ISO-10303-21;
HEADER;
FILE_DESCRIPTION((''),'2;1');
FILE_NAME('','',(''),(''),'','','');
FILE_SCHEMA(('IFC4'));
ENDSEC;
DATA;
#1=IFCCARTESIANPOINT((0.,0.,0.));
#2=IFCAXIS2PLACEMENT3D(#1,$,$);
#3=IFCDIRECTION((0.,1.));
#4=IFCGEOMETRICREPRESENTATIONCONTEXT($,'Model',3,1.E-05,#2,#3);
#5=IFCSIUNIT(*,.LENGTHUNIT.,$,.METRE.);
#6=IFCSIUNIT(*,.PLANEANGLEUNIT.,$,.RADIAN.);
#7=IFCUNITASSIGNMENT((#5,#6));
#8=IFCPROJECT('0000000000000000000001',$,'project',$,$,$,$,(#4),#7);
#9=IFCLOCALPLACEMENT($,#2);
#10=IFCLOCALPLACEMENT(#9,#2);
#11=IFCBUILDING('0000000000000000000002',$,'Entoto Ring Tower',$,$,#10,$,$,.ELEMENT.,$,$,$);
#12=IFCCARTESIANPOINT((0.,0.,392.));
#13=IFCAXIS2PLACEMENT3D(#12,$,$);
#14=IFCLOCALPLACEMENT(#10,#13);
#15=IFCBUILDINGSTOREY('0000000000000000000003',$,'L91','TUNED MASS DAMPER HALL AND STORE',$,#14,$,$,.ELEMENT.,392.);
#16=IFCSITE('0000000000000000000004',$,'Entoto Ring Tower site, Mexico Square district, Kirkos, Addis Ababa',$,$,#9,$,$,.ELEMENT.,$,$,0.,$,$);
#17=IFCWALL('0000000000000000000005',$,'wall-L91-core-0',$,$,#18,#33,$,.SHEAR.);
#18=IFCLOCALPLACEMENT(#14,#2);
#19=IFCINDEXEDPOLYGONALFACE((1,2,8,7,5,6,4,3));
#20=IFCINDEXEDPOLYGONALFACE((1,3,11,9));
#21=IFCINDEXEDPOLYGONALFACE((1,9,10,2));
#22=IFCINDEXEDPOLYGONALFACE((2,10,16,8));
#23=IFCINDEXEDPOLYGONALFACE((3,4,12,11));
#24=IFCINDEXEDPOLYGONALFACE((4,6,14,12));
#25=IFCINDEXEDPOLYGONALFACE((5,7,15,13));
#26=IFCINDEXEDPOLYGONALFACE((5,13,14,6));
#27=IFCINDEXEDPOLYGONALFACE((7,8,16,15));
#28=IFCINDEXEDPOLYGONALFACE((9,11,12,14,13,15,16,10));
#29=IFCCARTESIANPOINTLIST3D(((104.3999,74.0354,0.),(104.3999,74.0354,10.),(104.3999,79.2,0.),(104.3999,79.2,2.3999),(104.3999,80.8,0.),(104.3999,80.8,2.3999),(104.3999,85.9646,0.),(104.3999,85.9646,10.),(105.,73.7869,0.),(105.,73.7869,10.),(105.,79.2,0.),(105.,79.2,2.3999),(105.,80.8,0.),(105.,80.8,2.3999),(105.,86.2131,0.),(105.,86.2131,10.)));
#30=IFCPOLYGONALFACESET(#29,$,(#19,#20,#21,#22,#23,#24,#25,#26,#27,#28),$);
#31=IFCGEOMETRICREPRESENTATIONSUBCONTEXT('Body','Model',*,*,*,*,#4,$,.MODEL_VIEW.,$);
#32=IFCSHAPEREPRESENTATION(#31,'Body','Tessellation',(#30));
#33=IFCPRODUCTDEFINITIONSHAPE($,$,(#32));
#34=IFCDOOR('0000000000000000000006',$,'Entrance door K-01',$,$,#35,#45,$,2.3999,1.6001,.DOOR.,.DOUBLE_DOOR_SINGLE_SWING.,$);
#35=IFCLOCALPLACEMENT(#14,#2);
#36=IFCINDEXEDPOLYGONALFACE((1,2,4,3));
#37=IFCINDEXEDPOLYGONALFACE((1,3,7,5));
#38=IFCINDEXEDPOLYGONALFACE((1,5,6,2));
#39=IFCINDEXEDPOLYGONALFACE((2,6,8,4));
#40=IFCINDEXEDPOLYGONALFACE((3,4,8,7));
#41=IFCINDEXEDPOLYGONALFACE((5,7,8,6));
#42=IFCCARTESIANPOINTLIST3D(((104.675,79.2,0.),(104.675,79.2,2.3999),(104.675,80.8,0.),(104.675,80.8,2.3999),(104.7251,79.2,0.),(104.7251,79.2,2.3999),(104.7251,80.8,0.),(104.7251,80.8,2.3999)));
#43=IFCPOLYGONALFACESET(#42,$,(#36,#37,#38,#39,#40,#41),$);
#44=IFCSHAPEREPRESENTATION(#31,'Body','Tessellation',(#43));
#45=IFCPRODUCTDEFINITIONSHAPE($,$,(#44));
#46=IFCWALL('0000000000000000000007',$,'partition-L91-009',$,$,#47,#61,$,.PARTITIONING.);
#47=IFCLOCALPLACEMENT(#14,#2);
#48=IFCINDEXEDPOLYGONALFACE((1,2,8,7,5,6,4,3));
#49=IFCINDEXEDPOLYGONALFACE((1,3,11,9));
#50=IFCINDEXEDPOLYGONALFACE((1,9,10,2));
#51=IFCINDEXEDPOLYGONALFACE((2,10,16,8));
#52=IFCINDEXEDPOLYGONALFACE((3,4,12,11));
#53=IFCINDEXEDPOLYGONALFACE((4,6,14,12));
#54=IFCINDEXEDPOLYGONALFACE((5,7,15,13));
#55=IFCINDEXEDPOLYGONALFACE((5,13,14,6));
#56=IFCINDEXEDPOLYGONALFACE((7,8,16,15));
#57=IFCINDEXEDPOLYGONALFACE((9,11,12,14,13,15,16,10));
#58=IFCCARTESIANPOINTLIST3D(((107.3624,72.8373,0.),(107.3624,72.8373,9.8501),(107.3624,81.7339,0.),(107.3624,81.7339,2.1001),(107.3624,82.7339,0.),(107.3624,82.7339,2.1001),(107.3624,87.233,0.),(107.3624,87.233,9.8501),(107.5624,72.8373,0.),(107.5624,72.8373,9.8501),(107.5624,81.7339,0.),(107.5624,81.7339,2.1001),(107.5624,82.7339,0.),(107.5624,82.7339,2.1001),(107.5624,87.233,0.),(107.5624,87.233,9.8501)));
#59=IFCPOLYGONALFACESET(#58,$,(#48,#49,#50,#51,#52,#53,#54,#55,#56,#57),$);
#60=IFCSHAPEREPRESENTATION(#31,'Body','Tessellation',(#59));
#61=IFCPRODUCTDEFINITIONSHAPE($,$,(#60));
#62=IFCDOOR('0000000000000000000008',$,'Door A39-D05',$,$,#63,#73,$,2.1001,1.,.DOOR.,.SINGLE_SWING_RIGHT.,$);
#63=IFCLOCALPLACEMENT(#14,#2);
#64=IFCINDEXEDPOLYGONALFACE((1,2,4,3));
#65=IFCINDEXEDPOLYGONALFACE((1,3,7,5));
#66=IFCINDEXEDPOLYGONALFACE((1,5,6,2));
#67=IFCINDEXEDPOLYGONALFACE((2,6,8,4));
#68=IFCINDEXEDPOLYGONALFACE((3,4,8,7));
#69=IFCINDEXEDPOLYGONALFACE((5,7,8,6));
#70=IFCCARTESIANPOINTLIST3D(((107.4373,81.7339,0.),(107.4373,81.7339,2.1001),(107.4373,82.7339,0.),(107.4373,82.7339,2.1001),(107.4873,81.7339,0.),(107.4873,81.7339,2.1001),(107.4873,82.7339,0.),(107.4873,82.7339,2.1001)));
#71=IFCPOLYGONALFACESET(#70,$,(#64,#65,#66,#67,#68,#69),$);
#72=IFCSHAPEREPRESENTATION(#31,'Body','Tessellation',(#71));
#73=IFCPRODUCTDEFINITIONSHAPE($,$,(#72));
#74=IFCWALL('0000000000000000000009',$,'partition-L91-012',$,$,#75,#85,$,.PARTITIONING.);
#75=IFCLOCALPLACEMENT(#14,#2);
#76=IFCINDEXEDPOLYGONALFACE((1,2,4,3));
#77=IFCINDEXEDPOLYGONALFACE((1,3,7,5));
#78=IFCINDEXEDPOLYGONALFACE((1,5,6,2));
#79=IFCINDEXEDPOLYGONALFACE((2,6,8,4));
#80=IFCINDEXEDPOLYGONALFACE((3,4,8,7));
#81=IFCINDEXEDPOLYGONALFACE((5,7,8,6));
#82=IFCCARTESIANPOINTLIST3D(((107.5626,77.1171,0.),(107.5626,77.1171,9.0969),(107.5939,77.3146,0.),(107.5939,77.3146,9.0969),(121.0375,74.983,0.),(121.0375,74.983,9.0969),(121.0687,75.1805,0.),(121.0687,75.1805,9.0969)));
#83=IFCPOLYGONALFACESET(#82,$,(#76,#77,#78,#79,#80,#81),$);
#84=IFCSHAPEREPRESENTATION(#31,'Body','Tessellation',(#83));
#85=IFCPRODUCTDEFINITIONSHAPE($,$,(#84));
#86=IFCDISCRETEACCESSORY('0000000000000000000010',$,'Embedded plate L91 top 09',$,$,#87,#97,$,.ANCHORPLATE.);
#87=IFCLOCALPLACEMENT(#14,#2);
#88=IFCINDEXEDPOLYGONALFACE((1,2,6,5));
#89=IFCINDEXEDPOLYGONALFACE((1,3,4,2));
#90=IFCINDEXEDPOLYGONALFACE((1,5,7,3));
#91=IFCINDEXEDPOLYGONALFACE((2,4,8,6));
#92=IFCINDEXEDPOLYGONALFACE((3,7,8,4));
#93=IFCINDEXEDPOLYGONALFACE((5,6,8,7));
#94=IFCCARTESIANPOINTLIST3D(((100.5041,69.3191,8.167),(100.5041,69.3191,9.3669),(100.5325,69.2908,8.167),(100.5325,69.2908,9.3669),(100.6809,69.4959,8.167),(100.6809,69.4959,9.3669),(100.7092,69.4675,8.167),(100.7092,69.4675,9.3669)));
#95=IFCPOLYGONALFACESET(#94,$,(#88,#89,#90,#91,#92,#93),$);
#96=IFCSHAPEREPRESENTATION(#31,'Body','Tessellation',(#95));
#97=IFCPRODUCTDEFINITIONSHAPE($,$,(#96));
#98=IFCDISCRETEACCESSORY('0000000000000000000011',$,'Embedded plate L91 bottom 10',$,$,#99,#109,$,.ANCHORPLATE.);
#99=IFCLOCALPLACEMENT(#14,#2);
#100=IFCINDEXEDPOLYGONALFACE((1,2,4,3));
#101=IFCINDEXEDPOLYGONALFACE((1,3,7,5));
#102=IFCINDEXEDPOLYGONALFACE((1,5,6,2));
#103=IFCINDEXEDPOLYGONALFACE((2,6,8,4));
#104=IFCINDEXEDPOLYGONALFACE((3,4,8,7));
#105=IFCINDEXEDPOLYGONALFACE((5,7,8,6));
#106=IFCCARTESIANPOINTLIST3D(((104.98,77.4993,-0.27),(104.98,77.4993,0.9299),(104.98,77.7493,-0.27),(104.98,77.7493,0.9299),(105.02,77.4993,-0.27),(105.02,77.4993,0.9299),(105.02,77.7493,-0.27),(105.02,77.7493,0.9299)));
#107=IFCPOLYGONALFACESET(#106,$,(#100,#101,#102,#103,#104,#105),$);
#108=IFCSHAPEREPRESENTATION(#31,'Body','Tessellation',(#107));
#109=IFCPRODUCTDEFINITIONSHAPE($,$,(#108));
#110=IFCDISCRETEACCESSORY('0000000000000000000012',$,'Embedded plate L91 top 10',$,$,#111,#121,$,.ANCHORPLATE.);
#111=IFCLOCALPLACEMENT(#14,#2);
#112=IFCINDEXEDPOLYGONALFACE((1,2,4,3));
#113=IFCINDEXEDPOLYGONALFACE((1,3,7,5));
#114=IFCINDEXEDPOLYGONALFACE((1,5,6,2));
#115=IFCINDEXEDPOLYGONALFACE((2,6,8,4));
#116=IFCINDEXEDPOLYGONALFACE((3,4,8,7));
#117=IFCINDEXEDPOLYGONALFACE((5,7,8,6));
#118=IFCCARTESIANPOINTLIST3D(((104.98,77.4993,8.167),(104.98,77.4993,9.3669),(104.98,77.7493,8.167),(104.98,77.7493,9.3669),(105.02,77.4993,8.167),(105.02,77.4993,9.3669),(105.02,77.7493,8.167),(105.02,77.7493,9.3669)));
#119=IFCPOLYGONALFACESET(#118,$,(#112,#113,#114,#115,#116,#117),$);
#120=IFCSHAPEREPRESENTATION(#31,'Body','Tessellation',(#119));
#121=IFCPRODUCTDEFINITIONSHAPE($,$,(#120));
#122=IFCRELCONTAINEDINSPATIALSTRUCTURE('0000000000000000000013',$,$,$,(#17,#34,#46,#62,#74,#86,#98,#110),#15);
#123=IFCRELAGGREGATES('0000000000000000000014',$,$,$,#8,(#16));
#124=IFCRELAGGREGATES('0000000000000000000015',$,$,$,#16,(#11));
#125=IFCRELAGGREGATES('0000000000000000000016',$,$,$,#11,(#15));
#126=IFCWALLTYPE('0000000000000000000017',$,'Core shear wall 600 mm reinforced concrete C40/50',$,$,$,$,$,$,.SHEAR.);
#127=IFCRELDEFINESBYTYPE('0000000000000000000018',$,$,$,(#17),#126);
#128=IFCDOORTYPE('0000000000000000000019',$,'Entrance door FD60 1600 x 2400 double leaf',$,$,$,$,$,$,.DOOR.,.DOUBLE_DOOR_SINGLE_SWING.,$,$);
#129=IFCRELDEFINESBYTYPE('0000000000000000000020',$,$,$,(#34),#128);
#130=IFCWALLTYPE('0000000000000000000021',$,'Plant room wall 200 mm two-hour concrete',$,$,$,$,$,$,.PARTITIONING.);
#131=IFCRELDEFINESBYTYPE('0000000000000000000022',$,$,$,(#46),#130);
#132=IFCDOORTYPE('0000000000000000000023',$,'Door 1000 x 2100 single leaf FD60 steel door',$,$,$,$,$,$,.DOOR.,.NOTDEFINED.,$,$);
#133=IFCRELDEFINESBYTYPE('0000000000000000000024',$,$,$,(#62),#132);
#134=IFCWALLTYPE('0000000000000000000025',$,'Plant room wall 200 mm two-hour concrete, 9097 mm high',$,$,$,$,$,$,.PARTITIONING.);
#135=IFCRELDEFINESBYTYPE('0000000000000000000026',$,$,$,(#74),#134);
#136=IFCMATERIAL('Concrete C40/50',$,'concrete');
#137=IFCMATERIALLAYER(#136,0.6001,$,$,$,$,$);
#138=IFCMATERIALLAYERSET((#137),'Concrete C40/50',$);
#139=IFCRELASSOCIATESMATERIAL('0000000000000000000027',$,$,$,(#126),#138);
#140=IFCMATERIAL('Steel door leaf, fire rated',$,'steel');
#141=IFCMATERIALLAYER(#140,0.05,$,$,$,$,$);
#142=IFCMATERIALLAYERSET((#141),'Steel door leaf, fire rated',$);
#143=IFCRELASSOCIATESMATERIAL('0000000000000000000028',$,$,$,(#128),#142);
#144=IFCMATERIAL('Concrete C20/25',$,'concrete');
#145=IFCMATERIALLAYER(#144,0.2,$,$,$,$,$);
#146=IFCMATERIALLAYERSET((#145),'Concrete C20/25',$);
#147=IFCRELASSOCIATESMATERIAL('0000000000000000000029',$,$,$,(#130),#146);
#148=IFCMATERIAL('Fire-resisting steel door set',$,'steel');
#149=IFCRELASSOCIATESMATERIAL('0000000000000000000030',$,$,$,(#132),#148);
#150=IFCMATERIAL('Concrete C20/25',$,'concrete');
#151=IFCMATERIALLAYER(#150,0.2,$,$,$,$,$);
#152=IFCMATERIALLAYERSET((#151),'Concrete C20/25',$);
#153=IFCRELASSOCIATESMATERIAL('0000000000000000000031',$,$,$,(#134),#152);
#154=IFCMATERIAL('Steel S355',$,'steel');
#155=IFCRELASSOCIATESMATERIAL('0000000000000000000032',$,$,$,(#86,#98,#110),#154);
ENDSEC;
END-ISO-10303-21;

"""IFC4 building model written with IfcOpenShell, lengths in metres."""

from ifc_helpers import new_model, si_unit, direction, frame, frame_2d, origin, origin_2d, place, context, subcontext, project, spatial, polyline, rectangle, outline, extrude, material, layer, layer_set, type_object, element, fill, save


model = new_model("IFC4")

# Units and contexts
model_context = context("Model", 3, precision=1e-05, world=origin(), true_north=direction((0.0, 1.0)))
body_context = subcontext(model_context, "Body", "Model", "MODEL_VIEW")
ifc_project = project(units=[si_unit("LENGTHUNIT", "METRE"), si_unit("PLANEANGLEUNIT", "RADIAN")], contexts=[model_context])

# Site, building, storey
site_placement = place(None, origin())
site = spatial("IfcSite", under=ifc_project, at=site_placement, Name="Entoto Ring Tower site, Mexico Square district, Kirkos, Addis Ababa", CompositionType="ELEMENT", RefElevation=0.0)
building_placement = place(site_placement, origin())
building = spatial("IfcBuilding", under=site, at=building_placement, Name="Entoto Ring Tower", CompositionType="ELEMENT")
storey_placement = place(building_placement, frame((0.0, 0.0, 392.0)))
storey = spatial("IfcBuildingStorey", under=building, at=storey_placement, Name="L91", Description="TUNED MASS DAMPER HALL AND STORE", CompositionType="ELEMENT", Elevation=392.0)

# Walls, openings, doors
ifc_material_1 = material(Name="Concrete C40/50", Category="concrete")
ifc_layer_1 = layer(ifc_material_1, 0.6001)
ifc_layer_set_1 = layer_set([ifc_layer_1], Name="Concrete C40/50")
wall_type_1 = type_object("IfcWallType", Name="Core shear wall 600 mm reinforced concrete C40/50", PredefinedType="SHEAR", material=ifc_layer_set_1)
wall_1_placement = place(storey_placement, frame((104.7, 73.9111, 0.0), z_axis=(0.0, 0.0, 1.0), x_axis=(0.0, 1.0, 0.0)))
wall_1 = element("IfcWall", 1, at=wall_1_placement, inside=storey, type_object=wall_type_1, Name="wall-L91-core-0", PredefinedType="SHEAR", context=body_context, shape_type="SweptSolid", body=[
    extrude(outline(polyline([(-0.1243, -0.3), (12.302, -0.3), (12.0535, 0.3), (0.1243, 0.3), (-0.1243, -0.3)])), origin(), (0.0, 0.0, 1.0), 10.0),
])
opening_1_placement = place(wall_1_placement, frame((5.2888, 0.0, 0.0)))
opening_1 = element("IfcOpeningElement", 2, at=opening_1_placement, cuts=wall_1, PredefinedType="OPENING", context=body_context, shape_type="SweptSolid", body=[
    extrude(rectangle(XDim=1.6001, YDim=2.3999, at=frame_2d((0.8, 1.2))), frame((0.0, 0.3101, 0.0), z_axis=(0.0, -1.0, 0.0), x_axis=(1.0, 0.0, 0.0)), (0.0, 0.0, 1.0), 0.6201),
])
ifc_material_2 = material(Name="Steel door leaf, fire rated", Category="steel")
ifc_layer_2 = layer(ifc_material_2, 0.05)
ifc_layer_set_2 = layer_set([ifc_layer_2], Name="Steel door leaf, fire rated")
door_type_1 = type_object("IfcDoorType", Name="Entrance door FD60 1600 x 2400 double leaf", OperationType="DOUBLE_DOOR_SINGLE_SWING", PredefinedType="DOOR", material=ifc_layer_set_2)
door_1_placement = place(opening_1_placement, origin())
door_1 = element("IfcDoor", 3, at=door_1_placement, inside=storey, type_object=door_type_1, Name="Entrance door K-01", OperationType="DOUBLE_DOOR_SINGLE_SWING", OverallHeight=2.3999, OverallWidth=1.6001, PredefinedType="DOOR", context=body_context, shape_type="SweptSolid", body=[
    extrude(rectangle(XDim=1.6001, YDim=2.3999, at=frame_2d((0.8, 1.2))), frame((0.0, 0.0249, 0.0), z_axis=(0.0, -1.0, 0.0), x_axis=(1.0, 0.0, 0.0)), (0.0, 0.0, 1.0), 0.05),
])
fill(opening_1, door_1)
ifc_material_3 = material(Name="Concrete C20/25", Category="concrete")
ifc_layer_3 = layer(ifc_material_3, 0.2)
ifc_layer_set_3 = layer_set([ifc_layer_3], Name="Concrete C20/25")
wall_type_2 = type_object("IfcWallType", Name="Plant room wall 200 mm two-hour concrete", PredefinedType="PARTITIONING", material=ifc_layer_set_3)
wall_2_placement = place(storey_placement, frame((107.4624, 72.8374, 0.0), z_axis=(0.0, 0.0, 1.0), x_axis=(0.0, 1.0, 0.0)))
wall_2 = element("IfcWall", 4, at=wall_2_placement, inside=storey, type_object=wall_type_2, Name="partition-L91-009", PredefinedType="PARTITIONING", context=body_context, shape_type="SweptSolid", body=[
    extrude(rectangle(XDim=14.3958, YDim=0.2, at=frame_2d((7.1978, 0.0))), origin(), (0.0, 0.0, 1.0), 9.8501),
])
opening_2_placement = place(wall_2_placement, frame((8.8965, 0.0, 0.0)))
opening_2 = element("IfcOpeningElement", 5, at=opening_2_placement, cuts=wall_2, PredefinedType="OPENING", context=body_context, shape_type="SweptSolid", body=[
    extrude(rectangle(XDim=1.0, YDim=2.1001, at=frame_2d((0.5, 1.05))), frame((0.0, 0.1099, 0.0), z_axis=(0.0, -1.0, 0.0), x_axis=(1.0, 0.0, 0.0)), (0.0, 0.0, 1.0), 0.22),
])
ifc_material_4 = material(Name="Fire-resisting steel door set", Category="steel")
door_type_2 = type_object("IfcDoorType", Name="Door 1000 x 2100 single leaf FD60 steel door", OperationType="NOTDEFINED", PredefinedType="DOOR", material=ifc_material_4)
door_2_placement = place(opening_2_placement, frame((1.0, 0.0, 0.0), z_axis=(0.0, 0.0, 1.0), x_axis=(-1.0, 0.0, 0.0)))
door_2 = element("IfcDoor", 6, at=door_2_placement, inside=storey, type_object=door_type_2, Name="Door A39-D05", OperationType="SINGLE_SWING_RIGHT", OverallHeight=2.1001, OverallWidth=1.0, PredefinedType="DOOR", context=body_context, shape_type="SweptSolid", body=[
    extrude(rectangle(XDim=1.0, YDim=2.1001, at=frame_2d((0.5, 1.05))), frame((0.0, 0.0249, 0.0), z_axis=(0.0, -1.0, 0.0), x_axis=(1.0, 0.0, 0.0)), (0.0, 0.0, 1.0), 0.05),
])
fill(opening_2, door_2)

# Wall
ifc_material_5 = material(Name="Concrete C20/25", Category="concrete")
ifc_layer_4 = layer(ifc_material_5, 0.2)
ifc_layer_set_4 = layer_set([ifc_layer_4], Name="Concrete C20/25")
wall_type_3 = type_object("IfcWallType", Name="Plant room wall 200 mm two-hour concrete, 9097 mm high", PredefinedType="PARTITIONING", material=ifc_layer_set_4)
wall_3_placement = place(storey_placement, frame((121.053, 75.0818, 0.0), z_axis=(0.0, 0.0, 1.0), x_axis=(-0.98769, 0.156422, 0.0)))
element("IfcWall", 7, at=wall_3_placement, inside=storey, type_object=wall_type_3, Name="partition-L91-012", PredefinedType="PARTITIONING", context=body_context, shape_type="SweptSolid", body=[
    extrude(rectangle(XDim=13.6428, YDim=0.2, at=frame_2d((6.8213, 0.0))), origin(), (0.0, 0.0, 1.0), 9.0969),
])

# Discrete accessories
ifc_material_6 = material(Name="Steel S355", Category="steel")
for number, where, z_axis, x_axis, name in (
    (8, (100.6067, 69.3933, 8.167), (0.0, 0.0, 1.0), (0.707107, -0.707107, 0.0), "Embedded plate L91 top 09"),
    (9, (105.0, 77.6243, -0.27), (0.0, 0.0, 1.0), (1.0, 0.0, 0.0), "Embedded plate L91 bottom 10"),
    (10, (105.0, 77.6243, 8.167), (0.0, 0.0, 1.0), (1.0, 0.0, 0.0), "Embedded plate L91 top 10"),
):
    element("IfcDiscreteAccessory", number, at=place(storey_placement, frame(where, z_axis=z_axis, x_axis=x_axis)), inside=storey, material=ifc_material_6, Name=name, PredefinedType="ANCHORPLATE", context=body_context, shape_type="SweptSolid", body=[
        extrude(rectangle(XDim=0.04, YDim=0.25, at=origin_2d()), origin(), (0.0, 0.0, 1.0), 1.2),
    ])

save(model, "model.ifc")
